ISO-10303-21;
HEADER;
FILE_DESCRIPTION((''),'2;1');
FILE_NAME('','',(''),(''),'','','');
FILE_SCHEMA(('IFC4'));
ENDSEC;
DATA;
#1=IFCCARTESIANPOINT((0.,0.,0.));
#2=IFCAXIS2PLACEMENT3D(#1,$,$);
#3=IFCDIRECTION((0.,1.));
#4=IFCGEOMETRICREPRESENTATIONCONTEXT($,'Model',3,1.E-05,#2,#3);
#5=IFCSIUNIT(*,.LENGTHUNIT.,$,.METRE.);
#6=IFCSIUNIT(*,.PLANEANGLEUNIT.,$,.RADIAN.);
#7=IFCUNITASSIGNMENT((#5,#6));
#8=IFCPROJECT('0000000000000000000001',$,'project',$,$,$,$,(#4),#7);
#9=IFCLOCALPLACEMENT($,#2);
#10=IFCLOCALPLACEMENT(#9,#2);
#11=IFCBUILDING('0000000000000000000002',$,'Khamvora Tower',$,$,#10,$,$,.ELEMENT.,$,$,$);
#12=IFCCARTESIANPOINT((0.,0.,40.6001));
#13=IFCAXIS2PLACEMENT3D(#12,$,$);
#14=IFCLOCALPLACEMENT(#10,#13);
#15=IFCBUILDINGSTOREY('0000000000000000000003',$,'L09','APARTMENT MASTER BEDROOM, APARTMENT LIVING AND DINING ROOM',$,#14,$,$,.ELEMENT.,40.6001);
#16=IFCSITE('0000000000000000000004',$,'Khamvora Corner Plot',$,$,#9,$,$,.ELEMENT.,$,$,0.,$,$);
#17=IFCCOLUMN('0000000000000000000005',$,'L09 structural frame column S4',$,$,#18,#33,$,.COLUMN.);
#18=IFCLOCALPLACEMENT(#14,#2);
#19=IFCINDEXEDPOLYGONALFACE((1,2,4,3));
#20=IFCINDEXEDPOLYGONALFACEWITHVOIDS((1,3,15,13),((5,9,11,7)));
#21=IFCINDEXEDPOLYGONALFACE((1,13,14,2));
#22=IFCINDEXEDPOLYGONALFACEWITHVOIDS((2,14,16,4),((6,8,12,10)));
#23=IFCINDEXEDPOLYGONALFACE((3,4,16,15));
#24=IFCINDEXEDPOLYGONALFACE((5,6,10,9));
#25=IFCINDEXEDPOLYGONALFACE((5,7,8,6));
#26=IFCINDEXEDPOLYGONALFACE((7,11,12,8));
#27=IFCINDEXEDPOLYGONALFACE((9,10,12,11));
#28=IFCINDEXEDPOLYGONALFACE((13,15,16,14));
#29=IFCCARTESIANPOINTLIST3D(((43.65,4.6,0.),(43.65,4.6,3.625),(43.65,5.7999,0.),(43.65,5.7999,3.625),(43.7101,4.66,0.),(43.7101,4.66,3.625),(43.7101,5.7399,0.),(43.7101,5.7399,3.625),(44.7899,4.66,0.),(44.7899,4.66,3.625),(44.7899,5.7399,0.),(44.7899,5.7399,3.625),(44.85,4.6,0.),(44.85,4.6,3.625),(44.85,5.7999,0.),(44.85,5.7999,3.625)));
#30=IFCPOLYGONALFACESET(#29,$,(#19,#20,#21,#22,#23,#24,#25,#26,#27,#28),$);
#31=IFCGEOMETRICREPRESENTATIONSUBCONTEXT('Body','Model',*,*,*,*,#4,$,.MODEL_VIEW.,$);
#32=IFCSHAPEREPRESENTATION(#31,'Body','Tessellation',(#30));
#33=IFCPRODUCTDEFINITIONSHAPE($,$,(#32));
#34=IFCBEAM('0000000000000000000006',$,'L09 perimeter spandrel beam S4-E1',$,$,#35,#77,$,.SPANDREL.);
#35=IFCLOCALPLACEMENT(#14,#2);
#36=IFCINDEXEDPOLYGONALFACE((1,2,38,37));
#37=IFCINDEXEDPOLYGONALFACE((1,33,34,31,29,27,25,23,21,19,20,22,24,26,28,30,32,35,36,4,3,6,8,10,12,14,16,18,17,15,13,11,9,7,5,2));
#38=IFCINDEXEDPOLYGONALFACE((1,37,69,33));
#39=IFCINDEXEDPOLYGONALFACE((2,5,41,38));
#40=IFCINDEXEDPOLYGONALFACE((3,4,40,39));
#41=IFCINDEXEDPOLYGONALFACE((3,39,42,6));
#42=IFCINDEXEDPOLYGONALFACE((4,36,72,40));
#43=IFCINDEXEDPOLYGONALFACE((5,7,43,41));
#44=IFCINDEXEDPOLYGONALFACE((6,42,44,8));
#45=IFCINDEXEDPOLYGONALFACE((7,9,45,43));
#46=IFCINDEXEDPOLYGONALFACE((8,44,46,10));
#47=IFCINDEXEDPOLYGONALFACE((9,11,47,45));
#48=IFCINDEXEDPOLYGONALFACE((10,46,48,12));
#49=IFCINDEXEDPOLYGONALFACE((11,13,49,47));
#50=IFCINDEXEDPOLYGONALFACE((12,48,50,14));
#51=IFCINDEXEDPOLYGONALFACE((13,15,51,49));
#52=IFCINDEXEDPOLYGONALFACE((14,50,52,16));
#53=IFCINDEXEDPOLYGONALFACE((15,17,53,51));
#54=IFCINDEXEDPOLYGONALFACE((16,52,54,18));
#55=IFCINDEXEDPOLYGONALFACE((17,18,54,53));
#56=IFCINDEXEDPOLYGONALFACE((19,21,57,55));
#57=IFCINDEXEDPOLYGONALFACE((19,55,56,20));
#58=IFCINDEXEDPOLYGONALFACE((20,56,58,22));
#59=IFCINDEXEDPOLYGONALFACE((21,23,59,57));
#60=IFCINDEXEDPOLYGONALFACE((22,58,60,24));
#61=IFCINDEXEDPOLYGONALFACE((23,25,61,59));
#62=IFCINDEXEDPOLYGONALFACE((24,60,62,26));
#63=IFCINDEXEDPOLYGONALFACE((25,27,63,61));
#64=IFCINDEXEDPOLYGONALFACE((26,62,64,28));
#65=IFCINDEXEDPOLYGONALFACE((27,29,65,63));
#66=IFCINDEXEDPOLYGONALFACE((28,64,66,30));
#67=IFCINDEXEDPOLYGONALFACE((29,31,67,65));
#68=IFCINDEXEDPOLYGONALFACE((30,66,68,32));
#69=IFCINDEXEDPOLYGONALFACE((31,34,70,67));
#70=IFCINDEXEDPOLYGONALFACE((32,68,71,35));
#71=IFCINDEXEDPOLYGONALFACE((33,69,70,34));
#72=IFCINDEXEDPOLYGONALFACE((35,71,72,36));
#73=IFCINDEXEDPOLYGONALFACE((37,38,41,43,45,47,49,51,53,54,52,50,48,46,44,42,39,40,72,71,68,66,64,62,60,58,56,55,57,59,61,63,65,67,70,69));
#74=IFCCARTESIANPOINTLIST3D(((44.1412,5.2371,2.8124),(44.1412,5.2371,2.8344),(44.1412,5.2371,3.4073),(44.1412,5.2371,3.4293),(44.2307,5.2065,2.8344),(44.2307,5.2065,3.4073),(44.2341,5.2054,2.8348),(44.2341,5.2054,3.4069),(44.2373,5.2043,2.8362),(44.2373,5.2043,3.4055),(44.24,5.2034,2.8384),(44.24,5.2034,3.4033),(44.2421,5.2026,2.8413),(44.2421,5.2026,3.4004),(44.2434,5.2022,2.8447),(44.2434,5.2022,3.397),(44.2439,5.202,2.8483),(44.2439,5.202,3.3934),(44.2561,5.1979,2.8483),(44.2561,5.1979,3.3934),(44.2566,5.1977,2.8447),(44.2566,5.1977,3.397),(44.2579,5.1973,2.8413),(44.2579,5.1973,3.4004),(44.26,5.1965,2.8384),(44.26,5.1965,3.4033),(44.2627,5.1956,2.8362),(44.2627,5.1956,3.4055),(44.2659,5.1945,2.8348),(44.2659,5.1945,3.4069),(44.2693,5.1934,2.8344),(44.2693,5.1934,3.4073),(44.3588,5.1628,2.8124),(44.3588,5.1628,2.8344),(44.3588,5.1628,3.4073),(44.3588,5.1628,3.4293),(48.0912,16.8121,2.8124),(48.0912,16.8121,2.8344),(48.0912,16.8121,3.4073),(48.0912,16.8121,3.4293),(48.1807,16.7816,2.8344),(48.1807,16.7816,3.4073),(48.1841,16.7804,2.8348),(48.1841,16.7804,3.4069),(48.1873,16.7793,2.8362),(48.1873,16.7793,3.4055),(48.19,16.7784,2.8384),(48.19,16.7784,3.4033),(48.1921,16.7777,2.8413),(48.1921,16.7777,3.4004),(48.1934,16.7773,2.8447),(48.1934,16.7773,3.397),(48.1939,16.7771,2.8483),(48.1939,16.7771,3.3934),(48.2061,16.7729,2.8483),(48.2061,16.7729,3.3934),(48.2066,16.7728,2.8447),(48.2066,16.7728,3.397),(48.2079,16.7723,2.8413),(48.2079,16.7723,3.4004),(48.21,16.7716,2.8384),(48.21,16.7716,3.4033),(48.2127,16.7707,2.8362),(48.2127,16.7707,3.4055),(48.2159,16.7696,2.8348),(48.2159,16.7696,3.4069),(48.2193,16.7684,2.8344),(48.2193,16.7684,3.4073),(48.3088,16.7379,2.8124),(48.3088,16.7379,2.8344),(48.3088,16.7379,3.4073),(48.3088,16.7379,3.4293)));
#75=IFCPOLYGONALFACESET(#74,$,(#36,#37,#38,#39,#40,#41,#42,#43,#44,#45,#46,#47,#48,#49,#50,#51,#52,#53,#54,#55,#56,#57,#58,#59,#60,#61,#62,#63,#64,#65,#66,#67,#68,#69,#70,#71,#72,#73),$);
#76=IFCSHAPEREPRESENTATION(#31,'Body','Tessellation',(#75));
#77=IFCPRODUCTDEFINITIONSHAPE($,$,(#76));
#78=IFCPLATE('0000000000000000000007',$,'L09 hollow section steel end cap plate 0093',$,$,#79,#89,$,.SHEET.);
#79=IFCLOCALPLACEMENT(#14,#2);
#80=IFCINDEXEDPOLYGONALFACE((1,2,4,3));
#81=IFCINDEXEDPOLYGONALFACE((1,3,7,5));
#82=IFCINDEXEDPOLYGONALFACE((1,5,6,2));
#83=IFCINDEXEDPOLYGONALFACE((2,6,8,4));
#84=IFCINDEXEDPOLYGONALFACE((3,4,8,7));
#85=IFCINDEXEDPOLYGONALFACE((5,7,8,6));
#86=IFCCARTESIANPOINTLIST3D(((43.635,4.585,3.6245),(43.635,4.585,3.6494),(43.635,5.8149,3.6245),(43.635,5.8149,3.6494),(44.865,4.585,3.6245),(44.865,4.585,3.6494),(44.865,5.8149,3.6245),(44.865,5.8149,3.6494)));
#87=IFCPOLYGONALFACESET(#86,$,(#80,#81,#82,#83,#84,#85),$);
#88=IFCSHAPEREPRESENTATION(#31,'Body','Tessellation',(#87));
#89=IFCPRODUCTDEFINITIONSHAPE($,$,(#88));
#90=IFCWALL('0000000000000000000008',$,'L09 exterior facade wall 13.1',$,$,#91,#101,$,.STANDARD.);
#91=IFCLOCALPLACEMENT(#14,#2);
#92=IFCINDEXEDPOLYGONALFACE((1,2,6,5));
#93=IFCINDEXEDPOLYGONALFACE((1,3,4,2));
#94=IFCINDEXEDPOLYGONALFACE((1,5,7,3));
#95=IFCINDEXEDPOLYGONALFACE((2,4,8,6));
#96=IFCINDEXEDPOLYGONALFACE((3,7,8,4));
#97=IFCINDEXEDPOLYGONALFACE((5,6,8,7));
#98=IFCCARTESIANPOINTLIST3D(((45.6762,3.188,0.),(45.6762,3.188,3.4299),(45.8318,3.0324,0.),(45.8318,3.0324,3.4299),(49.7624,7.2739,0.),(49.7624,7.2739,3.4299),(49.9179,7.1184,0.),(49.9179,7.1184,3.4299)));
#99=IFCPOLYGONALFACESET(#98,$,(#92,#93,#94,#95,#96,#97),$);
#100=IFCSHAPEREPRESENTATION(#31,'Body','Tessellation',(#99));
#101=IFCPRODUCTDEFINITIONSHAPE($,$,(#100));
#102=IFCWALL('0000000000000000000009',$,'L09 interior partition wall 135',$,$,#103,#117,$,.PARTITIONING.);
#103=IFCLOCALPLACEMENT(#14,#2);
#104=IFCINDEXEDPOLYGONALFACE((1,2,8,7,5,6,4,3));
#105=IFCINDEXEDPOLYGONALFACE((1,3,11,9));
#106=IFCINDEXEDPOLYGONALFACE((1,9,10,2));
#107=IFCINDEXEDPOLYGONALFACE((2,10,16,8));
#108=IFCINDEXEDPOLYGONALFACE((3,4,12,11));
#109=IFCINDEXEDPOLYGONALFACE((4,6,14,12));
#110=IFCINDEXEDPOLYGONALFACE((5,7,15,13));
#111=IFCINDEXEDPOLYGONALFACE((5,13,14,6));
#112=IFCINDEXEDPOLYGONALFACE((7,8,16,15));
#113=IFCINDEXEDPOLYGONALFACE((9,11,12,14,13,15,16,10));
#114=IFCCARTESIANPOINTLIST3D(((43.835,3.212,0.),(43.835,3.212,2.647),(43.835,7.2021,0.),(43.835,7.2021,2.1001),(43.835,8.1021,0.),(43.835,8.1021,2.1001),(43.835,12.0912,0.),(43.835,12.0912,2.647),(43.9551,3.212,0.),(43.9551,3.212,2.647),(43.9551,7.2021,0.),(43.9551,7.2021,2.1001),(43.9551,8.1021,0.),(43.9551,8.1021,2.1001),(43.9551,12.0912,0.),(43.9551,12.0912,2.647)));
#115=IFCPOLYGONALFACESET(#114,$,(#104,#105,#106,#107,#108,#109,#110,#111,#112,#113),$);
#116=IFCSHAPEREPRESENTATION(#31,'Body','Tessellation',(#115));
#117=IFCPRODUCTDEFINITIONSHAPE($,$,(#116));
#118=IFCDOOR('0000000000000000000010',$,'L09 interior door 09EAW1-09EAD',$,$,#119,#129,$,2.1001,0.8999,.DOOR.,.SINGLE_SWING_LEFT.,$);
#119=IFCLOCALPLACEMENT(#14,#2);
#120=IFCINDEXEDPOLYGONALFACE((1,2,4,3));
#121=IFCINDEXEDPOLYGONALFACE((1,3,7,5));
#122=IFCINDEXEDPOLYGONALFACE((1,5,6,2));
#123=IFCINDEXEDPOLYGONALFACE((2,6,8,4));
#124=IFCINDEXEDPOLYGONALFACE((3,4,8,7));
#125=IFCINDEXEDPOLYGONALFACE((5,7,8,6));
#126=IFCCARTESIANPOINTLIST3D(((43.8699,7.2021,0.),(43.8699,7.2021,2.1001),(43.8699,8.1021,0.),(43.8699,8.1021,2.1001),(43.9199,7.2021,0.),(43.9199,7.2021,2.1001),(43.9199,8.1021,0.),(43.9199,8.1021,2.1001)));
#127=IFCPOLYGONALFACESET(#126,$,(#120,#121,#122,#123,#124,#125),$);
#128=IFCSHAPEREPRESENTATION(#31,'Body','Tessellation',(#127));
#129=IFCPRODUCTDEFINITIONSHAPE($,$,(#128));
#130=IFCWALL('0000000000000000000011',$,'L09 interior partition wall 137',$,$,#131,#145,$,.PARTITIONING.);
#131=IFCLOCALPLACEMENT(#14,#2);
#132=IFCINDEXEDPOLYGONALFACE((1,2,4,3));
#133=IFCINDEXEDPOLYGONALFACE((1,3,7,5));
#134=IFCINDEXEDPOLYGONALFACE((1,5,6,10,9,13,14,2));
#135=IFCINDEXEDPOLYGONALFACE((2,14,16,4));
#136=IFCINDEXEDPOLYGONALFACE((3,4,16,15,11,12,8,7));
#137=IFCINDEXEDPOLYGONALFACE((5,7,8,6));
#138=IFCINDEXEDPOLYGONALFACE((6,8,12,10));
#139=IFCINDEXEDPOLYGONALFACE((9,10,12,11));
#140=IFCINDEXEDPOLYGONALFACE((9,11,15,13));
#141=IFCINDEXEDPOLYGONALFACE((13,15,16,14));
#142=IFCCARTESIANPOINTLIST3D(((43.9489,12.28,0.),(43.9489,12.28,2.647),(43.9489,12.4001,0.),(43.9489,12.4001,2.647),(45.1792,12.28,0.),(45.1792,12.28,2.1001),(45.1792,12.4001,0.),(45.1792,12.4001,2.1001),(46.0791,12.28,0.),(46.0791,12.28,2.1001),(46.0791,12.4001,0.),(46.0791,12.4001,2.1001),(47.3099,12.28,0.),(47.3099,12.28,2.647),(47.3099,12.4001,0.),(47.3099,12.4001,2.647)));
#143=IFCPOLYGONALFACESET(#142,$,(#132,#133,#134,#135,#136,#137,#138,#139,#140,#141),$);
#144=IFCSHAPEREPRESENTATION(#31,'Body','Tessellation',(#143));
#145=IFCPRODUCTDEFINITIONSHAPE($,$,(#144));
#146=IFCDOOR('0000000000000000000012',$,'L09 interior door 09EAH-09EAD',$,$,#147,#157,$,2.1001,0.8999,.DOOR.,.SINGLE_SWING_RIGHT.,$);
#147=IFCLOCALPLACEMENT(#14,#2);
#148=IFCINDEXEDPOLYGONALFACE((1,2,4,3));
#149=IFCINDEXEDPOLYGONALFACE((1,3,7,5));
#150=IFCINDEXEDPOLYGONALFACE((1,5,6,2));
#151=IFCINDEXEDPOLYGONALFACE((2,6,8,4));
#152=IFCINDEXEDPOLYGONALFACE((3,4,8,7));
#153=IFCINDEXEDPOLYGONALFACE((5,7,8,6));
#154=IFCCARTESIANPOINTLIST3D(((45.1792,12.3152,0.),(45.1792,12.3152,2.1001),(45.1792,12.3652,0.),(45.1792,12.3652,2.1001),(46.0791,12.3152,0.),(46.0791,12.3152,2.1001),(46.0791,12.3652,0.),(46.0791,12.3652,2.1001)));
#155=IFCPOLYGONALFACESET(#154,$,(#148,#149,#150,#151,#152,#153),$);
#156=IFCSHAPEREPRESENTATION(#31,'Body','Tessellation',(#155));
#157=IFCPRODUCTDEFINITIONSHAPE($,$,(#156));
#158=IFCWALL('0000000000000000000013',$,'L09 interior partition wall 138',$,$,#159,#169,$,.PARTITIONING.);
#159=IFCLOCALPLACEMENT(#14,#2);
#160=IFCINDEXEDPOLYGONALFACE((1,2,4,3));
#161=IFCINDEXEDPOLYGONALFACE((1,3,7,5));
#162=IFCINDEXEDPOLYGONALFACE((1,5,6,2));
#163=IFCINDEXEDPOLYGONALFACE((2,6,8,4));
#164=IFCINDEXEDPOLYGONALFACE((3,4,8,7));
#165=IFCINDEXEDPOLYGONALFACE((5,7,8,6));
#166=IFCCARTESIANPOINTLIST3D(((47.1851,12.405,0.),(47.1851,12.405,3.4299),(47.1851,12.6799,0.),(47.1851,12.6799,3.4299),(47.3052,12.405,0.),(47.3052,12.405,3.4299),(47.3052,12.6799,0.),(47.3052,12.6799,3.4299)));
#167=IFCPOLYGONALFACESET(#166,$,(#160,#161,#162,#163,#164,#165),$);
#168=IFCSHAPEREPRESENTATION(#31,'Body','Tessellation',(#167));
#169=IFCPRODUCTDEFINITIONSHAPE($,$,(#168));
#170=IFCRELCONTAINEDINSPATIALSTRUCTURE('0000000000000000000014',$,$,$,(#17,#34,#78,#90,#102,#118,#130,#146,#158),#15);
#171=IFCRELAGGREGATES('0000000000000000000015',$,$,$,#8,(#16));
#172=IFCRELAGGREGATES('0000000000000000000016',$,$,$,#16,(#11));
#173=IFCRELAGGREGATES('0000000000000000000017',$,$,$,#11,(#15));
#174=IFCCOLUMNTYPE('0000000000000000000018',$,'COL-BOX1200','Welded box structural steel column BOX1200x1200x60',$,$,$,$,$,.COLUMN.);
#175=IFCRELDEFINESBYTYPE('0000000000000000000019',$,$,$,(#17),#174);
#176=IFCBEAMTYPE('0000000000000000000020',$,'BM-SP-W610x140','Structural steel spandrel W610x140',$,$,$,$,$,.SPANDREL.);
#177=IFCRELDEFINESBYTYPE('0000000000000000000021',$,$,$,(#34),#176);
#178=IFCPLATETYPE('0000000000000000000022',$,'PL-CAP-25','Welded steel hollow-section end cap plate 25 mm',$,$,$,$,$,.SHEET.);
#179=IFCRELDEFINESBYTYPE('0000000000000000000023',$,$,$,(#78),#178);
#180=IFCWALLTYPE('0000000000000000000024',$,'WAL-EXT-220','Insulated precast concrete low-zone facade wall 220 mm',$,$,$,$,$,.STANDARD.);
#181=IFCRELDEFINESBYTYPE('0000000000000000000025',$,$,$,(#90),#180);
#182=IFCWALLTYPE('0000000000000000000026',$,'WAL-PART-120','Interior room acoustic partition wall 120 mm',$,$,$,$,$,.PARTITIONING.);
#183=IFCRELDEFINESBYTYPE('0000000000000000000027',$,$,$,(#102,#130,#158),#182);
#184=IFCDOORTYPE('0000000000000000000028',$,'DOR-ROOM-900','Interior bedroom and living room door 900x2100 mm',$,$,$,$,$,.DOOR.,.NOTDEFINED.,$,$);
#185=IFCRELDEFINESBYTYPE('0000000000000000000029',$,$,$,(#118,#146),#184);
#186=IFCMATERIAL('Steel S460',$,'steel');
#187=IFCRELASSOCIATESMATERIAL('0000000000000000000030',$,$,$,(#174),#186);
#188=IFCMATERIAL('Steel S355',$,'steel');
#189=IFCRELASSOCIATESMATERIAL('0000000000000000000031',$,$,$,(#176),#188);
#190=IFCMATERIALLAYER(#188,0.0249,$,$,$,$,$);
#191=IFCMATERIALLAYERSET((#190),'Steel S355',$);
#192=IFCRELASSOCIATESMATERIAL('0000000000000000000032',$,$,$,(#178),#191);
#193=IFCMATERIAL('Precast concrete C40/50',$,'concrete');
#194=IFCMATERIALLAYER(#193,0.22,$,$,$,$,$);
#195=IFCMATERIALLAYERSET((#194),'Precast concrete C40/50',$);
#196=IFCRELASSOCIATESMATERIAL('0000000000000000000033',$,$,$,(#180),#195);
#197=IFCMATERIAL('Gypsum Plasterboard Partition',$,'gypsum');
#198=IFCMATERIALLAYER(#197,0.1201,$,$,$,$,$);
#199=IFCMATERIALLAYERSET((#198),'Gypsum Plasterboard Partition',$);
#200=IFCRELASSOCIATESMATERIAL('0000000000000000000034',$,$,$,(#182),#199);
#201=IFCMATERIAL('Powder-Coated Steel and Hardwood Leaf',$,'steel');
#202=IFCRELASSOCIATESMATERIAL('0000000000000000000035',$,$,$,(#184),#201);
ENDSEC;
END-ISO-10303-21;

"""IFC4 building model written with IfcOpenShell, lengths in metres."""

from ifc_helpers import new_model, si_unit, direction, frame, frame_2d, origin, origin_2d, place, context, subcontext, project, spatial, rectangle, hollow_rectangle, i_section, extrude, material, layer, layer_set, material_profile, profile_set, type_object, element, fill, save


model = new_model("IFC4")

# Units and contexts
model_context = context("Model", 3, precision=1e-05, world=origin(), true_north=direction((0.0, 1.0)))
body_context = subcontext(model_context, "Body", "Model", "MODEL_VIEW")
ifc_project = project(units=[si_unit("LENGTHUNIT", "METRE"), si_unit("PLANEANGLEUNIT", "RADIAN")], contexts=[model_context])

# Site, building, storey
site_placement = place(None, origin())
site = spatial("IfcSite", under=ifc_project, at=site_placement, Name="Khamvora Corner Plot", CompositionType="ELEMENT", RefElevation=0.0)
building_placement = place(site_placement, origin())
building = spatial("IfcBuilding", under=site, at=building_placement, Name="Khamvora Tower", CompositionType="ELEMENT")
storey_placement = place(building_placement, frame((0.0, 0.0, 40.6001)))
storey = spatial("IfcBuildingStorey", under=building, at=storey_placement, Name="L09", Description="APARTMENT MASTER BEDROOM, APARTMENT LIVING AND DINING ROOM", CompositionType="ELEMENT", Elevation=40.6001)

# Column
ifc_material_1 = material(Name="Steel S460", Category="steel")
ifc_material_profile_1 = material_profile(ifc_material_1, hollow_rectangle(XDim=1.2, YDim=1.2, WallThickness=0.0601, at=origin_2d()), Name="BOX1200x1200x60")
ifc_profile_set_1 = profile_set([ifc_material_profile_1], Name="Steel S460")
column_type = type_object("IfcColumnType", Name="COL-BOX1200", Description="Welded box structural steel column BOX1200x1200x60", PredefinedType="COLUMN", material=ifc_profile_set_1)
column_placement = place(storey_placement, frame((44.25, 5.2, 0.0), z_axis=(0.0, 0.0, 1.0), x_axis=(1.0, 0.0, 0.0)))
element("IfcColumn", 1, at=column_placement, inside=storey, type_object=column_type, Name="L09 structural frame column S4", PredefinedType="COLUMN", context=body_context, shape_type="SweptSolid", body=[
    extrude(hollow_rectangle(XDim=1.2, YDim=1.2, WallThickness=0.0601, at=origin_2d()), origin(), (0.0, 0.0, 1.0), 3.625),
])

# Beam
ifc_material_2 = material(Name="Steel S355", Category="steel")
ifc_material_profile_2 = material_profile(ifc_material_2, i_section(OverallWidth=0.23, OverallDepth=0.6169, WebThickness=0.0129, FlangeThickness=0.022, FilletRadius=0.0139, at=origin_2d()), Name="W610x140")
ifc_profile_set_2 = profile_set([ifc_material_profile_2], Name="Steel S355")
beam_type = type_object("IfcBeamType", Name="BM-SP-W610x140", Description="Structural steel spandrel W610x140", PredefinedType="SPANDREL", material=ifc_profile_set_2)
beam_placement = place(storey_placement, frame((44.25, 5.2, 3.1208), z_axis=(0.322963, 0.946412, 0.0), x_axis=(-0.946412, 0.322963, 0.0)))
element("IfcBeam", 2, at=beam_placement, inside=storey, type_object=beam_type, Name="L09 perimeter spandrel beam S4-E1", PredefinedType="SPANDREL", context=body_context, shape_type="SweptSolid", body=[
    extrude(i_section(OverallWidth=0.23, OverallDepth=0.6169, WebThickness=0.0129, FlangeThickness=0.022, FilletRadius=0.0139, at=origin_2d()), origin(), (0.0, 0.0, 1.0), 12.2305),
])

# Plate
ifc_layer_1 = layer(ifc_material_2, 0.0249)
ifc_layer_set_1 = layer_set([ifc_layer_1], Name="Steel S355")
plate_type = type_object("IfcPlateType", Name="PL-CAP-25", Description="Welded steel hollow-section end cap plate 25 mm", PredefinedType="SHEET", material=ifc_layer_set_1)
plate_placement = place(storey_placement, frame((44.25, 5.2, 3.6245), z_axis=(0.0, 0.0, 1.0), x_axis=(1.0, 0.0, 0.0)))
element("IfcPlate", 3, at=plate_placement, inside=storey, type_object=plate_type, Name="L09 hollow section steel end cap plate 0093", PredefinedType="SHEET", context=body_context, shape_type="SweptSolid", body=[
    extrude(rectangle(XDim=1.23, YDim=1.23, at=origin_2d()), origin(), (0.0, 0.0, 1.0), 0.0249),
])

# Wall
ifc_material_3 = material(Name="Precast concrete C40/50", Category="concrete")
ifc_layer_2 = layer(ifc_material_3, 0.22)
ifc_layer_set_2 = layer_set([ifc_layer_2], Name="Precast concrete C40/50")
wall_type_1 = type_object("IfcWallType", Name="WAL-EXT-220", Description="Insulated precast concrete low-zone facade wall 220 mm", PredefinedType="STANDARD", material=ifc_layer_set_2)
wall_1_placement = place(storey_placement, frame((49.8401, 7.196, 0.0), z_axis=(0.0, 0.0, 1.0), x_axis=(-0.707128, -0.707086, 0.0)))
element("IfcWall", 4, at=wall_1_placement, inside=storey, type_object=wall_type_1, Name="L09 exterior facade wall 13.1", PredefinedType="STANDARD", context=body_context, shape_type="SweptSolid", body=[
    extrude(rectangle(XDim=5.7786, YDim=0.22, at=frame_2d((2.8892, 0.0))), origin(), (0.0, 0.0, 1.0), 3.4299),
])

# Walls, openings, doors
ifc_material_4 = material(Name="Gypsum Plasterboard Partition", Category="gypsum")
ifc_layer_3 = layer(ifc_material_4, 0.1201)
ifc_layer_set_3 = layer_set([ifc_layer_3], Name="Gypsum Plasterboard Partition")
wall_type_2 = type_object("IfcWallType", Name="WAL-PART-120", Description="Interior room acoustic partition wall 120 mm", PredefinedType="PARTITIONING", material=ifc_layer_set_3)
wall_2_placement = place(storey_placement, frame((43.895, 12.0911, 0.0), z_axis=(0.0, 0.0, 1.0), x_axis=(0.0, -1.0, 0.0)))
wall_2 = element("IfcWall", 5, at=wall_2_placement, inside=storey, type_object=wall_type_2, Name="L09 interior partition wall 135", PredefinedType="PARTITIONING", context=body_context, shape_type="SweptSolid", body=[
    extrude(rectangle(XDim=8.8792, YDim=0.1201, at=frame_2d((4.4395, 0.0))), origin(), (0.0, 0.0, 1.0), 2.647),
])
opening_1_placement = place(wall_2_placement, frame((3.989, 0.0, 0.0)))
opening_1 = element("IfcOpeningElement", 6, at=opening_1_placement, cuts=wall_2, PredefinedType="OPENING", context=body_context, shape_type="SweptSolid", body=[
    extrude(rectangle(XDim=0.8999, YDim=2.1001, at=frame_2d((0.45, 1.05))), frame((0.0, 0.0701, 0.0), z_axis=(0.0, -1.0, 0.0), x_axis=(1.0, 0.0, 0.0)), (0.0, 0.0, 1.0), 0.1401),
])
ifc_material_5 = material(Name="Powder-Coated Steel and Hardwood Leaf", Category="steel")
door_type = type_object("IfcDoorType", Name="DOR-ROOM-900", Description="Interior bedroom and living room door 900x2100 mm", OperationType="NOTDEFINED", PredefinedType="DOOR", material=ifc_material_5)
door_1_placement = place(opening_1_placement, origin())
door_1 = element("IfcDoor", 7, at=door_1_placement, inside=storey, type_object=door_type, Name="L09 interior door 09EAW1-09EAD", OperationType="SINGLE_SWING_LEFT", OverallHeight=2.1001, OverallWidth=0.8999, PredefinedType="DOOR", context=body_context, shape_type="SweptSolid", body=[
    extrude(rectangle(XDim=0.8999, YDim=2.1001, at=frame_2d((0.45, 1.05))), frame((0.0, 0.0249, 0.0), z_axis=(0.0, -1.0, 0.0), x_axis=(1.0, 0.0, 0.0)), (0.0, 0.0, 1.0), 0.05),
])
fill(opening_1, door_1)
wall_3_placement = place(storey_placement, frame((47.3101, 12.3401, 0.0), z_axis=(0.0, 0.0, 1.0), x_axis=(-1.0, 0.0, 0.0)))
wall_3 = element("IfcWall", 8, at=wall_3_placement, inside=storey, type_object=wall_type_2, Name="L09 interior partition wall 137", PredefinedType="PARTITIONING", context=body_context, shape_type="SweptSolid", body=[
    extrude(rectangle(XDim=3.3611, YDim=0.1201, at=frame_2d((1.6807, 0.0))), origin(), (0.0, 0.0, 1.0), 2.647),
])
opening_2_placement = place(wall_3_placement, frame((1.231, 0.0, 0.0)))
opening_2 = element("IfcOpeningElement", 9, at=opening_2_placement, cuts=wall_3, PredefinedType="OPENING", context=body_context, shape_type="SweptSolid", body=[
    extrude(rectangle(XDim=0.8999, YDim=2.1001, at=frame_2d((0.45, 1.05))), frame((0.0, 0.0701, 0.0), z_axis=(0.0, -1.0, 0.0), x_axis=(1.0, 0.0, 0.0)), (0.0, 0.0, 1.0), 0.1401),
])
door_2_placement = place(opening_2_placement, origin())
door_2 = element("IfcDoor", 10, at=door_2_placement, inside=storey, type_object=door_type, Name="L09 interior door 09EAH-09EAD", OperationType="SINGLE_SWING_RIGHT", OverallHeight=2.1001, OverallWidth=0.8999, PredefinedType="DOOR", context=body_context, shape_type="SweptSolid", body=[
    extrude(rectangle(XDim=0.8999, YDim=2.1001, at=frame_2d((0.45, 1.05))), frame((0.0, 0.0249, 0.0), z_axis=(0.0, -1.0, 0.0), x_axis=(1.0, 0.0, 0.0)), (0.0, 0.0, 1.0), 0.05),
])
fill(opening_2, door_2)

# Wall
wall_4_placement = place(storey_placement, frame((47.2451, 12.6799, 0.0), z_axis=(0.0, 0.0, 1.0), x_axis=(0.0, -1.0, 0.0)))
element("IfcWall", 11, at=wall_4_placement, inside=storey, type_object=wall_type_2, Name="L09 interior partition wall 138", PredefinedType="PARTITIONING", context=body_context, shape_type="SweptSolid", body=[
    extrude(rectangle(XDim=0.2749, YDim=0.1201, at=frame_2d((0.1375, 0.0))), origin(), (0.0, 0.0, 1.0), 3.4299),
])

save(model, "model.ifc")
